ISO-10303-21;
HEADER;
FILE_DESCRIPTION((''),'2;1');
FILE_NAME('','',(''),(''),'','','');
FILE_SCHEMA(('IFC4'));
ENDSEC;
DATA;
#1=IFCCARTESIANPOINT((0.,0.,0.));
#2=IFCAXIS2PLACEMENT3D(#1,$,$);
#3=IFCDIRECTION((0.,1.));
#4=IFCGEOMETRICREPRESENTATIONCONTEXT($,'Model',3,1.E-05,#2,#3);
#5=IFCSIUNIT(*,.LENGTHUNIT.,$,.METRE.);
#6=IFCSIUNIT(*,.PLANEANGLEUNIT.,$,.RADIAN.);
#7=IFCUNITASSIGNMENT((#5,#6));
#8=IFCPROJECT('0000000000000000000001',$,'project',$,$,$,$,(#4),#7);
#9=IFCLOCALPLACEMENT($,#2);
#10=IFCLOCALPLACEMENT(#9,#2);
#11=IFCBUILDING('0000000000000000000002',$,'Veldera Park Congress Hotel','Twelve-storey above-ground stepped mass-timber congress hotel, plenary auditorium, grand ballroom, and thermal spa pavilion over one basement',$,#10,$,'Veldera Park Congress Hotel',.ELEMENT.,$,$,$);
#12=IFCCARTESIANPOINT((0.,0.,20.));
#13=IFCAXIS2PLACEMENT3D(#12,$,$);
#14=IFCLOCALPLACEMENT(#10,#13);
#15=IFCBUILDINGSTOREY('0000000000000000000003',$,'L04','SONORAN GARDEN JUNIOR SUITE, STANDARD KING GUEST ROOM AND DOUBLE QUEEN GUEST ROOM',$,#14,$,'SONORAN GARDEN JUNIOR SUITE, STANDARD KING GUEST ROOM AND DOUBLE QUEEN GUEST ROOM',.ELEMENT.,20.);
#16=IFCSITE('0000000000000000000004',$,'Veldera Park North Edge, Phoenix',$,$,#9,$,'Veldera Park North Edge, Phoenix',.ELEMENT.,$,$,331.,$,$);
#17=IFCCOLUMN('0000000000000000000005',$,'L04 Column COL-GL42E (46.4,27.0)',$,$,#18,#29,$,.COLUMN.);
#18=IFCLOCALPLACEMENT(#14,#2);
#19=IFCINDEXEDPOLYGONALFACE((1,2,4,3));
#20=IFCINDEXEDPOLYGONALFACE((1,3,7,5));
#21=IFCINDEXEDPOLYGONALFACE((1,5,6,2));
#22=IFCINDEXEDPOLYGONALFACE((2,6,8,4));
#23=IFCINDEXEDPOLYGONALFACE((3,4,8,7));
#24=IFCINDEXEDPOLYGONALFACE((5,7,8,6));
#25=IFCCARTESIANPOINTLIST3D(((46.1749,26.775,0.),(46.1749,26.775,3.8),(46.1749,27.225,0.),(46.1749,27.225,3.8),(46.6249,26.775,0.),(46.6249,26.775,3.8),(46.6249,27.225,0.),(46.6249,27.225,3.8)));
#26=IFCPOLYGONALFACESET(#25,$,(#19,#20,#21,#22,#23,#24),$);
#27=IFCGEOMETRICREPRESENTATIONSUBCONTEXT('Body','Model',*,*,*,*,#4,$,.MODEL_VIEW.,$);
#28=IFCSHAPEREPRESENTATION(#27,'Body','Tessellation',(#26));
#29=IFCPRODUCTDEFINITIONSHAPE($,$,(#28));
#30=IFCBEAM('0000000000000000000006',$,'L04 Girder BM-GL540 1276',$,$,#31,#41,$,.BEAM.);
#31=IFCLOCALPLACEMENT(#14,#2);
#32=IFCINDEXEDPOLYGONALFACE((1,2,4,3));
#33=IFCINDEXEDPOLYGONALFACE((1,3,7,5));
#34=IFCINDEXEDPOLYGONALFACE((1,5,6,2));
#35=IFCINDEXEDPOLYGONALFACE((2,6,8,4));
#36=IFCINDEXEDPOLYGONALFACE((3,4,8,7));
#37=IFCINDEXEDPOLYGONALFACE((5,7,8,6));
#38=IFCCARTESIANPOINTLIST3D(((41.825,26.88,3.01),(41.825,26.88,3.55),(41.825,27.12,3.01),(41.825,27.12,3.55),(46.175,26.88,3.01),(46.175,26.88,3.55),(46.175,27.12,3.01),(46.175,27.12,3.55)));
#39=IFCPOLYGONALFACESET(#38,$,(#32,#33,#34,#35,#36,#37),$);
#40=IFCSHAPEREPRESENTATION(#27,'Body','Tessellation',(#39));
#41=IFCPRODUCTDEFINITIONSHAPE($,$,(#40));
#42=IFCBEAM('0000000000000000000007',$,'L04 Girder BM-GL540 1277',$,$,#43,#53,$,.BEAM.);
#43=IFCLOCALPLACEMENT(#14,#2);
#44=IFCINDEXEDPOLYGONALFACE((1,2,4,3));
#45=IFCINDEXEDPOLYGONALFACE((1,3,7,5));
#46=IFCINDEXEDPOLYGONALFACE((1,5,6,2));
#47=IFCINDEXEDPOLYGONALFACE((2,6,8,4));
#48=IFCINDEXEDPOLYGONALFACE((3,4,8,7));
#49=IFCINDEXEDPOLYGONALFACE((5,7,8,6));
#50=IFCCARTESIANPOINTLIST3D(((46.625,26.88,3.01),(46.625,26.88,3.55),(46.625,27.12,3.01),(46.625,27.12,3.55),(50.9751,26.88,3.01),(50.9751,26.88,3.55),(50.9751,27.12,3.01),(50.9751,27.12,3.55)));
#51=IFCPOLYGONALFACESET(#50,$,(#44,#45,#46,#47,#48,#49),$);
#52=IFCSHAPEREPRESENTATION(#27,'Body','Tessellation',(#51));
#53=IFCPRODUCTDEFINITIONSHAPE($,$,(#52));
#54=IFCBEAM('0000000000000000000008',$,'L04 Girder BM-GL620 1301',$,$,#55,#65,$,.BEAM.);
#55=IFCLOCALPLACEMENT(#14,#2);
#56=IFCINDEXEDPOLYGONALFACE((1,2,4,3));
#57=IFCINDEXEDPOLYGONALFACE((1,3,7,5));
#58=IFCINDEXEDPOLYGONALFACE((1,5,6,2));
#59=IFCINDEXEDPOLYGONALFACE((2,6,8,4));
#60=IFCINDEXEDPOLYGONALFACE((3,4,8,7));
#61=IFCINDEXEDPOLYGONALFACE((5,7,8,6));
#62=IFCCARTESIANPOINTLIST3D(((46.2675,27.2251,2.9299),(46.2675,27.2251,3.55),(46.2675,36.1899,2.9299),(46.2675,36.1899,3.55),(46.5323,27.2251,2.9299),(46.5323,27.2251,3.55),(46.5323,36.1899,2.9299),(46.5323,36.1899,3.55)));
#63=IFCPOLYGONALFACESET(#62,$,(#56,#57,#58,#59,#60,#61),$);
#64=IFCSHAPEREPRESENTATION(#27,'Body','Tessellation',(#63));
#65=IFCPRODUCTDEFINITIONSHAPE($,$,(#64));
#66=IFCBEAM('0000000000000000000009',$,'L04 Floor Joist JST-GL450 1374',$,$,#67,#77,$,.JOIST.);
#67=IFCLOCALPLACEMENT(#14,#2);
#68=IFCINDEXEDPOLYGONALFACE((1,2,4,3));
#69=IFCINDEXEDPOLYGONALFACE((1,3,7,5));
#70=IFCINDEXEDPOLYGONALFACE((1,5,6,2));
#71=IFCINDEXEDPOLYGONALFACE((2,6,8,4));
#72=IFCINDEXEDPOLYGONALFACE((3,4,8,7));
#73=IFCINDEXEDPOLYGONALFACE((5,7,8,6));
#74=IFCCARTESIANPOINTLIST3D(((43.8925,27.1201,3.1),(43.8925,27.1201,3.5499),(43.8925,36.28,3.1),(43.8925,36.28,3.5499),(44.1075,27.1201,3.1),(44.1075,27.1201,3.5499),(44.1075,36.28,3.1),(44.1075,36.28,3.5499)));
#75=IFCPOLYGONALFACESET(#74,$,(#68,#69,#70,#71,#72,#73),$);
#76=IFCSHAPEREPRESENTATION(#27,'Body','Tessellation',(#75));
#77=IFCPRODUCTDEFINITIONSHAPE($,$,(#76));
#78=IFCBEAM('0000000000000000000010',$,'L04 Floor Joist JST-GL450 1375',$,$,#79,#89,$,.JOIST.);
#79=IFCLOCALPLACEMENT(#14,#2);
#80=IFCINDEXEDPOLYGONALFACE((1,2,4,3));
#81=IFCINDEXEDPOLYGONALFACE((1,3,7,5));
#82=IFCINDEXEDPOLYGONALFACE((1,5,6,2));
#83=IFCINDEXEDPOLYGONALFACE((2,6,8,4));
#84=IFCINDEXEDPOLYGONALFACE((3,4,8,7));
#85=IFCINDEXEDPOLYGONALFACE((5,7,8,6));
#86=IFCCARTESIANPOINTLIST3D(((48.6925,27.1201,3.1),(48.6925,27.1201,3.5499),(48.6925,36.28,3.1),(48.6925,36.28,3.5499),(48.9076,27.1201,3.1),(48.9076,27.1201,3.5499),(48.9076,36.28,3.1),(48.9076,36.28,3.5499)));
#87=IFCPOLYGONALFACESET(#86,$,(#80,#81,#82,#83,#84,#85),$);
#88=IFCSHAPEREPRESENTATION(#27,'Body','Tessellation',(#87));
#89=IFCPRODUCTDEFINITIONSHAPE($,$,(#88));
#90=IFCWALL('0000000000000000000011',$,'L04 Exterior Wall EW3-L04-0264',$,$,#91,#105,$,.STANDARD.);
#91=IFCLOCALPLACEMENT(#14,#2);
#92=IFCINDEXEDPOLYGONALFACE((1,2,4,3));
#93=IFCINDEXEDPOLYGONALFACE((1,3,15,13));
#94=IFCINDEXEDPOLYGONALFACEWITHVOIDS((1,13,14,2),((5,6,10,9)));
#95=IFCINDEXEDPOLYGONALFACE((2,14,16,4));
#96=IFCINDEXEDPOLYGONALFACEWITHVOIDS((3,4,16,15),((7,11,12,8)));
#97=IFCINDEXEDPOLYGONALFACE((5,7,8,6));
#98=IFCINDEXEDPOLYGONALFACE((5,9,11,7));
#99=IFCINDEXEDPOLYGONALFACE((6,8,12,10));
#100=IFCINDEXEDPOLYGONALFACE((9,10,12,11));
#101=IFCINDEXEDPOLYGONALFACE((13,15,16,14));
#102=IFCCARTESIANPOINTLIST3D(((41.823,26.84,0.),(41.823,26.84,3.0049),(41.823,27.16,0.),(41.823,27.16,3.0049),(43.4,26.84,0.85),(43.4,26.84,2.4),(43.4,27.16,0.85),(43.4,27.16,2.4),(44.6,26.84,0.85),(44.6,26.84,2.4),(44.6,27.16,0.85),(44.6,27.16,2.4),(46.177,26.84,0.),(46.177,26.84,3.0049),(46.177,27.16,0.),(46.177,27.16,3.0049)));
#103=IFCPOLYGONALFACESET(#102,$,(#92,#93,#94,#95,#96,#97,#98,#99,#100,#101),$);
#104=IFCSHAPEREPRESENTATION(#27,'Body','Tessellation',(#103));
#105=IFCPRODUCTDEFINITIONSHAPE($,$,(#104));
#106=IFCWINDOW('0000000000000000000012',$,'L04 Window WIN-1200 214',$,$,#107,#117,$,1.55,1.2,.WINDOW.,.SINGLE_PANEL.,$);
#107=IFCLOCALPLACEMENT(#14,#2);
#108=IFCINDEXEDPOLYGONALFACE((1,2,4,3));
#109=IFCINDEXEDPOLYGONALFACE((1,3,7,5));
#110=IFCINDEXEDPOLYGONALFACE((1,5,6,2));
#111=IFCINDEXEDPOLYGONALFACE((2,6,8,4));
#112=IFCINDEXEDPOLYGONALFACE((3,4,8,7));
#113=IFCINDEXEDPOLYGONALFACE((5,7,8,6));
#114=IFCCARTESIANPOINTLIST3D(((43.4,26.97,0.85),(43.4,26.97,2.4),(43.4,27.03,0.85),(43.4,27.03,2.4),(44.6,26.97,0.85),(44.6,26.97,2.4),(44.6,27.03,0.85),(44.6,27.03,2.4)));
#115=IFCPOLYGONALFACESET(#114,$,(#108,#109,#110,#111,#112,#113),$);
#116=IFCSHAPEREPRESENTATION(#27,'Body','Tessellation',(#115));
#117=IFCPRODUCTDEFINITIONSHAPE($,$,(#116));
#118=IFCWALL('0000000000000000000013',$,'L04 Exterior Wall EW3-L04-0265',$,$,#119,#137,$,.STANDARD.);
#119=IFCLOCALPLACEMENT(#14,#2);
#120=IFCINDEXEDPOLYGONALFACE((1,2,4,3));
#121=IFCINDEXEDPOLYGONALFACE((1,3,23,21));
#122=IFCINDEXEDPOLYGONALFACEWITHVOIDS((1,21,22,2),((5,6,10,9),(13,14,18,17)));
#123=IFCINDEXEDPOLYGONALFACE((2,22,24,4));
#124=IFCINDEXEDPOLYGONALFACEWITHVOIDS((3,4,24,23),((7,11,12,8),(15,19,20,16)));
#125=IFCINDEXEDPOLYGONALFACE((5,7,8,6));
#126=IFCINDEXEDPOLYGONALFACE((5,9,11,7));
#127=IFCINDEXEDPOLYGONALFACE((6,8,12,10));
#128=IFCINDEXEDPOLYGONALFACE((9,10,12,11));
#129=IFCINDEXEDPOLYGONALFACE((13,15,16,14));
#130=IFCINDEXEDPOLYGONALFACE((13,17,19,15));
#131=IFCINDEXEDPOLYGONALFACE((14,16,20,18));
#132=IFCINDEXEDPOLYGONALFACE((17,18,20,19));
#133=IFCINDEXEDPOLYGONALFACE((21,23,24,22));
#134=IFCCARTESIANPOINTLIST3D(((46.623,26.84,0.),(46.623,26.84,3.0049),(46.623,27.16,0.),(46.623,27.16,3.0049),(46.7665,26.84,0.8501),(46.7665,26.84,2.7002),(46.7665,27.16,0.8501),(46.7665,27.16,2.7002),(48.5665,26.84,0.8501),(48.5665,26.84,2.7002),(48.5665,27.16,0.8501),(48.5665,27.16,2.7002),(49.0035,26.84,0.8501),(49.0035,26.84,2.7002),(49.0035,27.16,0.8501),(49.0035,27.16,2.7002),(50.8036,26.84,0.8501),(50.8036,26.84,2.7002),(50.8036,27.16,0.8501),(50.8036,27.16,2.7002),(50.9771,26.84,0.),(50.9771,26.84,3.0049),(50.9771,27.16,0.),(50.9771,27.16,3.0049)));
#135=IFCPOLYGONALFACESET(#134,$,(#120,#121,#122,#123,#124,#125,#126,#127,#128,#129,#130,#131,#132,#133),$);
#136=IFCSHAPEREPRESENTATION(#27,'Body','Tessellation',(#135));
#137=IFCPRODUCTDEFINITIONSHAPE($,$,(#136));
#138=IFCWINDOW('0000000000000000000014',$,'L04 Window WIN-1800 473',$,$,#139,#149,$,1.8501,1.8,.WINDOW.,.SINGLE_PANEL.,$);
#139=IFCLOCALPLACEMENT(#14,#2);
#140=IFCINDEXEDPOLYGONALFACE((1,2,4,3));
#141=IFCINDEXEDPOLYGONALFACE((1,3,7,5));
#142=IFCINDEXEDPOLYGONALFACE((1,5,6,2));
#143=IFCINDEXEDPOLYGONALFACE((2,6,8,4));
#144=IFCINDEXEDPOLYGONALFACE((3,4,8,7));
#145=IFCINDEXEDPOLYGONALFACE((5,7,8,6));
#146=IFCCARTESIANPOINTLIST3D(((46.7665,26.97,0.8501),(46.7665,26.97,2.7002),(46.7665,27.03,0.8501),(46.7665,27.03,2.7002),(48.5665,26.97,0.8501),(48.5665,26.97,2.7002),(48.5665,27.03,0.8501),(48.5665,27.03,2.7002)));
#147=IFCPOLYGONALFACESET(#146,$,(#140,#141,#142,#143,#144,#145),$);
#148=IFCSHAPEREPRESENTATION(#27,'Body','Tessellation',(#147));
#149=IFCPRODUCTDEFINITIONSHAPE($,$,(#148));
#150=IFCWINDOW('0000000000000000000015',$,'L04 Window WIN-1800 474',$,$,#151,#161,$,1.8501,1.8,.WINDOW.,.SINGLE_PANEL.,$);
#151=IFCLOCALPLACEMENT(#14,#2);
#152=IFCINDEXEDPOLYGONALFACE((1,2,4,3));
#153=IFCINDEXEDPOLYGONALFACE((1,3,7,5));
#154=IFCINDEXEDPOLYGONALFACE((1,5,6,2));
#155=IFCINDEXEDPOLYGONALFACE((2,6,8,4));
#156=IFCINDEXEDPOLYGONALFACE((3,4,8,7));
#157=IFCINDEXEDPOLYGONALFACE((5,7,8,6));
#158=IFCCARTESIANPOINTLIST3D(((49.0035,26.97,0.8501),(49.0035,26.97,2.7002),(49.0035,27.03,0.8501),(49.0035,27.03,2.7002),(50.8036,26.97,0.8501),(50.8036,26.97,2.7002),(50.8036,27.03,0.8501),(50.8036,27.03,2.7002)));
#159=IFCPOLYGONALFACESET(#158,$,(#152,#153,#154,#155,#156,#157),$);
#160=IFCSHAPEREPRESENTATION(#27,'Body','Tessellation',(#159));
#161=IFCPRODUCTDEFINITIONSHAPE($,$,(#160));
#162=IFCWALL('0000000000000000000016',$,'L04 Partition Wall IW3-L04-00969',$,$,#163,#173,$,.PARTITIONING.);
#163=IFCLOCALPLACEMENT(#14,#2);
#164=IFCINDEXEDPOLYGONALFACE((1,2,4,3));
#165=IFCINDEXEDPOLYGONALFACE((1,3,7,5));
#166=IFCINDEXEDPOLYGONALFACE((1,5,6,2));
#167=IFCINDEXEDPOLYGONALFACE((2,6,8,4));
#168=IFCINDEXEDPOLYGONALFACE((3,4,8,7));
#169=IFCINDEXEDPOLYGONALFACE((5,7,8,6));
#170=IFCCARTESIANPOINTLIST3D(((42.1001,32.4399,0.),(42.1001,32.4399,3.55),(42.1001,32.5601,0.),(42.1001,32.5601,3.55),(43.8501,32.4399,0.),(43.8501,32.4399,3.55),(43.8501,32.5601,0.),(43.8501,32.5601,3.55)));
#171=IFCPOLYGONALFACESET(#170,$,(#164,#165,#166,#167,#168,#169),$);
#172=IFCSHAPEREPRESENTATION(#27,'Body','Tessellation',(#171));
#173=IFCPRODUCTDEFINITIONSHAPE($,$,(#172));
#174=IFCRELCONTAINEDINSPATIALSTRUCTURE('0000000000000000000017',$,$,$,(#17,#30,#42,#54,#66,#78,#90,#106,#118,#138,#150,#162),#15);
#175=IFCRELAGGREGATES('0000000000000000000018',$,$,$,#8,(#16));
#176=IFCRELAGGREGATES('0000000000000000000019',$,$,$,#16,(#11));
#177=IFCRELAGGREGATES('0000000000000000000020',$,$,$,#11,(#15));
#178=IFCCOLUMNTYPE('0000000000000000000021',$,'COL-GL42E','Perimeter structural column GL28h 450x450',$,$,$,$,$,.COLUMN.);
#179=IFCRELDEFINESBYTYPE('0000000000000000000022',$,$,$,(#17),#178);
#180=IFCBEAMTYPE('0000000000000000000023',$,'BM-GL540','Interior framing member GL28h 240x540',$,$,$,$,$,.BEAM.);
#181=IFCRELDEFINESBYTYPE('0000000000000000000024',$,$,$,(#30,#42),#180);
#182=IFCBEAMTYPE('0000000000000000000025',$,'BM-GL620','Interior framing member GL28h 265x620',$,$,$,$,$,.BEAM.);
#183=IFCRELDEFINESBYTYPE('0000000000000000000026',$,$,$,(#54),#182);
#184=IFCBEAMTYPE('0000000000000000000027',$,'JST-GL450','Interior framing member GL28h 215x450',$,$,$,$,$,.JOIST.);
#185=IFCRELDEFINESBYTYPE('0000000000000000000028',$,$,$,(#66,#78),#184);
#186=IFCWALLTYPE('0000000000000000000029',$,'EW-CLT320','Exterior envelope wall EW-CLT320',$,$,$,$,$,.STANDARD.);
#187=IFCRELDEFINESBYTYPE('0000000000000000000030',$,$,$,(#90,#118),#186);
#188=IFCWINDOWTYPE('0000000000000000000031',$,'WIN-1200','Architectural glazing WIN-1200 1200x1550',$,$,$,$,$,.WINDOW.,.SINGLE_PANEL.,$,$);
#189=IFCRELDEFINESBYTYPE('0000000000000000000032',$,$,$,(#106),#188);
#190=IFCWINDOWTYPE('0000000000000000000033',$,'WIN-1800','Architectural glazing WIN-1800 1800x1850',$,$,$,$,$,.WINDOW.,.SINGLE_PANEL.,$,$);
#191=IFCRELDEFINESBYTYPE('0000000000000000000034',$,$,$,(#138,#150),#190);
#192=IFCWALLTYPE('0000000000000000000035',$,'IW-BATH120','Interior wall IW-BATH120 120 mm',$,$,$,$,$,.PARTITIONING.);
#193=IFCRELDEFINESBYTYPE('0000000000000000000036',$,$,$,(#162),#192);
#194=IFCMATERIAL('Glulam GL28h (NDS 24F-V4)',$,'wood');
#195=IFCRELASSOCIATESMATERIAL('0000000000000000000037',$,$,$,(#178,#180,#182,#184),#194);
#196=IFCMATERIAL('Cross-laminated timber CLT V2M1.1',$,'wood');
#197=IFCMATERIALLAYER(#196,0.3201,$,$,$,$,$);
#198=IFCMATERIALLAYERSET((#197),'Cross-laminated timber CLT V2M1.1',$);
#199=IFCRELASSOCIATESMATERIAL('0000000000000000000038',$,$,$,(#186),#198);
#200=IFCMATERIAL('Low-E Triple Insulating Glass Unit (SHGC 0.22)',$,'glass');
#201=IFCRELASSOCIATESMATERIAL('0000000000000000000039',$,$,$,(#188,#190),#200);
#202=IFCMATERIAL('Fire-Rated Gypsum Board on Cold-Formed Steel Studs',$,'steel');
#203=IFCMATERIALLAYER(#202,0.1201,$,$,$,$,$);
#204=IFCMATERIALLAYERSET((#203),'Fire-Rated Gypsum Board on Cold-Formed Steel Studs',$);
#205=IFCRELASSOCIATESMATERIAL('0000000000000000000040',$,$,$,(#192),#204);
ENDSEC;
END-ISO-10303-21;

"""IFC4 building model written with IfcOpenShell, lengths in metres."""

from ifc_helpers import new_model, si_unit, direction, frame, frame_2d, origin, origin_2d, place, context, subcontext, project, spatial, rectangle, extrude, material, layer, layer_set, material_profile, profile_set, type_object, element, fill, save


model = new_model("IFC4")

# Units and contexts
model_context = context("Model", 3, precision=1e-05, world=origin(), true_north=direction((0.0, 1.0)))
body_context = subcontext(model_context, "Body", "Model", "MODEL_VIEW")
ifc_project = project(units=[si_unit("LENGTHUNIT", "METRE"), si_unit("PLANEANGLEUNIT", "RADIAN")], contexts=[model_context])

# Site, building, storey
site_placement = place(None, origin())
site = spatial("IfcSite", under=ifc_project, at=site_placement, Name="Veldera Park North Edge, Phoenix", LongName="Veldera Park North Edge, Phoenix", CompositionType="ELEMENT", RefElevation=331.0)
building_placement = place(site_placement, origin())
building = spatial("IfcBuilding", under=site, at=building_placement, Name="Veldera Park Congress Hotel", Description="Twelve-storey above-ground stepped mass-timber congress hotel, plenary auditorium, grand ballroom, and thermal spa pavilion over one basement", LongName="Veldera Park Congress Hotel", CompositionType="ELEMENT")
storey_placement = place(building_placement, frame((0.0, 0.0, 20.0)))
storey = spatial("IfcBuildingStorey", under=building, at=storey_placement, Name="L04", Description="SONORAN GARDEN JUNIOR SUITE, STANDARD KING GUEST ROOM AND DOUBLE QUEEN GUEST ROOM", LongName="SONORAN GARDEN JUNIOR SUITE, STANDARD KING GUEST ROOM AND DOUBLE QUEEN GUEST ROOM", CompositionType="ELEMENT", Elevation=20.0)

# Column
ifc_material_1 = material(Name="Glulam GL28h (NDS 24F-V4)", Category="wood")
ifc_material_profile_1 = material_profile(ifc_material_1, rectangle(XDim=0.45, YDim=0.45, at=origin_2d()), Name="GL28h 450x450")
ifc_profile_set_1 = profile_set([ifc_material_profile_1], Name="Glulam GL28h (NDS 24F-V4)")
column_type = type_object("IfcColumnType", Name="COL-GL42E", Description="Perimeter structural column GL28h 450x450", PredefinedType="COLUMN", material=ifc_profile_set_1)
column_placement = place(storey_placement, frame((46.3999, 27.0, 0.0), z_axis=(0.0, 0.0, 1.0), x_axis=(1.0, 0.0, 0.0)))
element("IfcColumn", 1, at=column_placement, inside=storey, type_object=column_type, Name="L04 Column COL-GL42E (46.4,27.0)", PredefinedType="COLUMN", context=body_context, shape_type="SweptSolid", body=[
    extrude(rectangle(XDim=0.45, YDim=0.45, at=origin_2d()), origin(), (0.0, 0.0, 1.0), 3.8),
])

# Beams
ifc_material_profile_2 = material_profile(ifc_material_1, rectangle(XDim=0.24, YDim=0.54, at=origin_2d()), Name="GL28h 240x540")
ifc_profile_set_2 = profile_set([ifc_material_profile_2], Name="Glulam GL28h (NDS 24F-V4)")
beam_type_1 = type_object("IfcBeamType", Name="BM-GL540", Description="Interior framing member GL28h 240x540", PredefinedType="BEAM", material=ifc_profile_set_2)
for number, where, z_axis, x_axis, name in (
    (2, (41.825, 27.0, 3.28), (1.0, 0.0, 0.0), (0.0, 1.0, 0.0), "L04 Girder BM-GL540 1276"),
    (3, (46.625, 27.0, 3.28), (1.0, 0.0, 0.0), (0.0, 1.0, 0.0), "L04 Girder BM-GL540 1277"),
):
    element("IfcBeam", number, at=place(storey_placement, frame(where, z_axis=z_axis, x_axis=x_axis)), inside=storey, type_object=beam_type_1, Name=name, PredefinedType="BEAM", context=body_context, shape_type="SweptSolid", body=[
        extrude(rectangle(XDim=0.24, YDim=0.54, at=origin_2d()), origin(), (0.0, 0.0, 1.0), 4.3501),
    ])
ifc_material_profile_3 = material_profile(ifc_material_1, rectangle(XDim=0.2649, YDim=0.6201, at=origin_2d()), Name="GL28h 265x620")
ifc_profile_set_3 = profile_set([ifc_material_profile_3], Name="Glulam GL28h (NDS 24F-V4)")
beam_type_2 = type_object("IfcBeamType", Name="BM-GL620", Description="Interior framing member GL28h 265x620", PredefinedType="BEAM", material=ifc_profile_set_3)
beam_placement = place(storey_placement, frame((46.3999, 27.2251, 3.24), z_axis=(0.0, 1.0, 0.0), x_axis=(-1.0, 0.0, 0.0)))
element("IfcBeam", 4, at=beam_placement, inside=storey, type_object=beam_type_2, Name="L04 Girder BM-GL620 1301", PredefinedType="BEAM", context=body_context, shape_type="SweptSolid", body=[
    extrude(rectangle(XDim=0.2649, YDim=0.6201, at=origin_2d()), origin(), (0.0, 0.0, 1.0), 8.9648),
])
ifc_material_profile_4 = material_profile(ifc_material_1, rectangle(XDim=0.2151, YDim=0.45, at=origin_2d()), Name="GL28h 215x450")
ifc_profile_set_4 = profile_set([ifc_material_profile_4], Name="Glulam GL28h (NDS 24F-V4)")
beam_type_3 = type_object("IfcBeamType", Name="JST-GL450", Description="Interior framing member GL28h 215x450", PredefinedType="JOIST", material=ifc_profile_set_4)
for number, where, z_axis, x_axis, name in (
    (5, (44.0, 27.1201, 3.325), (0.0, 1.0, 0.0), (-1.0, 0.0, 0.0), "L04 Floor Joist JST-GL450 1374"),
    (6, (48.8, 27.1201, 3.325), (0.0, 1.0, 0.0), (-1.0, 0.0, 0.0), "L04 Floor Joist JST-GL450 1375"),
):
    element("IfcBeam", number, at=place(storey_placement, frame(where, z_axis=z_axis, x_axis=x_axis)), inside=storey, type_object=beam_type_3, Name=name, PredefinedType="JOIST", context=body_context, shape_type="SweptSolid", body=[
        extrude(rectangle(XDim=0.2151, YDim=0.45, at=origin_2d()), origin(), (0.0, 0.0, 1.0), 9.1599),
    ])

# Wall, opening, window
ifc_material_2 = material(Name="Cross-laminated timber CLT V2M1.1", Category="wood")
ifc_layer_1 = layer(ifc_material_2, 0.3201)
ifc_layer_set_1 = layer_set([ifc_layer_1], Name="Cross-laminated timber CLT V2M1.1")
wall_type_1 = type_object("IfcWallType", Name="EW-CLT320", Description="Exterior envelope wall EW-CLT320", PredefinedType="STANDARD", material=ifc_layer_set_1)
wall_1_placement = place(storey_placement, frame((41.823, 27.0, 0.0), z_axis=(0.0, 0.0, 1.0), x_axis=(1.0, 0.0, 0.0)))
wall_1 = element("IfcWall", 7, at=wall_1_placement, inside=storey, type_object=wall_type_1, Name="L04 Exterior Wall EW3-L04-0264", PredefinedType="STANDARD", context=body_context, shape_type="SweptSolid", body=[
    extrude(rectangle(XDim=4.354, YDim=0.3201, at=frame_2d((2.177, 0.0))), origin(), (0.0, 0.0, 1.0), 3.0049),
])
opening_1_placement = place(wall_1_placement, frame((1.5769, 0.0, 0.8501)))
opening_1 = element("IfcOpeningElement", 8, at=opening_1_placement, cuts=wall_1, PredefinedType="OPENING", context=body_context, shape_type="SweptSolid", body=[
    extrude(rectangle(XDim=1.2, YDim=1.55, at=frame_2d((0.6001, 0.7749))), frame((0.0, 0.1721, 0.0), z_axis=(0.0, -1.0, 0.0), x_axis=(1.0, 0.0, 0.0)), (0.0, 0.0, 1.0), 0.344),
])
ifc_material_3 = material(Name="Low-E Triple Insulating Glass Unit (SHGC 0.22)", Category="glass")
window_type_1 = type_object("IfcWindowType", Name="WIN-1200", Description="Architectural glazing WIN-1200 1200x1550", PartitioningType="SINGLE_PANEL", PredefinedType="WINDOW", material=ifc_material_3)
window_1_placement = place(opening_1_placement, origin())
window_1 = element("IfcWindow", 9, at=window_1_placement, inside=storey, type_object=window_type_1, Name="L04 Window WIN-1200 214", OverallHeight=1.55, OverallWidth=1.2, PartitioningType="SINGLE_PANEL", PredefinedType="WINDOW", context=body_context, shape_type="SweptSolid", body=[
    extrude(rectangle(XDim=1.2, YDim=1.55, at=frame_2d((0.6001, 0.7749))), frame((0.0, 0.03, 0.0), z_axis=(0.0, -1.0, 0.0), x_axis=(1.0, 0.0, 0.0)), (0.0, 0.0, 1.0), 0.0601),
])
fill(opening_1, window_1)

# Wall, openings, windows
wall_2_placement = place(storey_placement, frame((46.623, 27.0, 0.0), z_axis=(0.0, 0.0, 1.0), x_axis=(1.0, 0.0, 0.0)))
wall_2 = element("IfcWall", 10, at=wall_2_placement, inside=storey, type_object=wall_type_1, Name="L04 Exterior Wall EW3-L04-0265", PredefinedType="STANDARD", context=body_context, shape_type="SweptSolid", body=[
    extrude(rectangle(XDim=4.354, YDim=0.3201, at=frame_2d((2.177, 0.0))), origin(), (0.0, 0.0, 1.0), 3.0049),
])
opening_2_placement = place(wall_2_placement, frame((0.1436, 0.0, 0.8501)))
opening_2 = element("IfcOpeningElement", 11, at=opening_2_placement, cuts=wall_2, PredefinedType="OPENING", context=body_context, shape_type="SweptSolid", body=[
    extrude(rectangle(XDim=1.8, YDim=1.8501, at=frame_2d((0.8999, 0.925))), frame((0.0, 0.1721, 0.0), z_axis=(0.0, -1.0, 0.0), x_axis=(1.0, 0.0, 0.0)), (0.0, 0.0, 1.0), 0.344),
])
opening_3_placement = place(wall_2_placement, frame((2.3806, 0.0, 0.8501)))
opening_3 = element("IfcOpeningElement", 12, at=opening_3_placement, cuts=wall_2, PredefinedType="OPENING", context=body_context, shape_type="SweptSolid", body=[
    extrude(rectangle(XDim=1.8, YDim=1.8501, at=frame_2d((0.8999, 0.925))), frame((0.0, 0.1721, 0.0), z_axis=(0.0, -1.0, 0.0), x_axis=(1.0, 0.0, 0.0)), (0.0, 0.0, 1.0), 0.344),
])
window_type_2 = type_object("IfcWindowType", Name="WIN-1800", Description="Architectural glazing WIN-1800 1800x1850", PartitioningType="SINGLE_PANEL", PredefinedType="WINDOW", material=ifc_material_3)
window_2_placement = place(opening_2_placement, origin())
window_2 = element("IfcWindow", 13, at=window_2_placement, inside=storey, type_object=window_type_2, Name="L04 Window WIN-1800 473", OverallHeight=1.8501, OverallWidth=1.8, PartitioningType="SINGLE_PANEL", PredefinedType="WINDOW", context=body_context, shape_type="SweptSolid", body=[
    extrude(rectangle(XDim=1.8, YDim=1.8501, at=frame_2d((0.8999, 0.925))), frame((0.0, 0.03, 0.0), z_axis=(0.0, -1.0, 0.0), x_axis=(1.0, 0.0, 0.0)), (0.0, 0.0, 1.0), 0.0601),
])
fill(opening_2, window_2)
window_3_placement = place(opening_3_placement, origin())
window_3 = element("IfcWindow", 14, at=window_3_placement, inside=storey, type_object=window_type_2, Name="L04 Window WIN-1800 474", OverallHeight=1.8501, OverallWidth=1.8, PartitioningType="SINGLE_PANEL", PredefinedType="WINDOW", context=body_context, shape_type="SweptSolid", body=[
    extrude(rectangle(XDim=1.8, YDim=1.8501, at=frame_2d((0.8999, 0.925))), frame((0.0, 0.03, 0.0), z_axis=(0.0, -1.0, 0.0), x_axis=(1.0, 0.0, 0.0)), (0.0, 0.0, 1.0), 0.0601),
])
fill(opening_3, window_3)

# Wall
ifc_material_4 = material(Name="Fire-Rated Gypsum Board on Cold-Formed Steel Studs", Category="steel")
ifc_layer_2 = layer(ifc_material_4, 0.1201)
ifc_layer_set_2 = layer_set([ifc_layer_2], Name="Fire-Rated Gypsum Board on Cold-Formed Steel Studs")
wall_type_2 = type_object("IfcWallType", Name="IW-BATH120", Description="Interior wall IW-BATH120 120 mm", PredefinedType="PARTITIONING", material=ifc_layer_set_2)
wall_3_placement = place(storey_placement, frame((42.1001, 32.5, 0.0), z_axis=(0.0, 0.0, 1.0), x_axis=(1.0, 0.0, 0.0)))
element("IfcWall", 15, at=wall_3_placement, inside=storey, type_object=wall_type_2, Name="L04 Partition Wall IW3-L04-00969", PredefinedType="PARTITIONING", context=body_context, shape_type="SweptSolid", body=[
    extrude(rectangle(XDim=1.75, YDim=0.1201, at=frame_2d((0.875, 0.0))), origin(), (0.0, 0.0, 1.0), 3.55),
])

save(model, "model.ifc")
